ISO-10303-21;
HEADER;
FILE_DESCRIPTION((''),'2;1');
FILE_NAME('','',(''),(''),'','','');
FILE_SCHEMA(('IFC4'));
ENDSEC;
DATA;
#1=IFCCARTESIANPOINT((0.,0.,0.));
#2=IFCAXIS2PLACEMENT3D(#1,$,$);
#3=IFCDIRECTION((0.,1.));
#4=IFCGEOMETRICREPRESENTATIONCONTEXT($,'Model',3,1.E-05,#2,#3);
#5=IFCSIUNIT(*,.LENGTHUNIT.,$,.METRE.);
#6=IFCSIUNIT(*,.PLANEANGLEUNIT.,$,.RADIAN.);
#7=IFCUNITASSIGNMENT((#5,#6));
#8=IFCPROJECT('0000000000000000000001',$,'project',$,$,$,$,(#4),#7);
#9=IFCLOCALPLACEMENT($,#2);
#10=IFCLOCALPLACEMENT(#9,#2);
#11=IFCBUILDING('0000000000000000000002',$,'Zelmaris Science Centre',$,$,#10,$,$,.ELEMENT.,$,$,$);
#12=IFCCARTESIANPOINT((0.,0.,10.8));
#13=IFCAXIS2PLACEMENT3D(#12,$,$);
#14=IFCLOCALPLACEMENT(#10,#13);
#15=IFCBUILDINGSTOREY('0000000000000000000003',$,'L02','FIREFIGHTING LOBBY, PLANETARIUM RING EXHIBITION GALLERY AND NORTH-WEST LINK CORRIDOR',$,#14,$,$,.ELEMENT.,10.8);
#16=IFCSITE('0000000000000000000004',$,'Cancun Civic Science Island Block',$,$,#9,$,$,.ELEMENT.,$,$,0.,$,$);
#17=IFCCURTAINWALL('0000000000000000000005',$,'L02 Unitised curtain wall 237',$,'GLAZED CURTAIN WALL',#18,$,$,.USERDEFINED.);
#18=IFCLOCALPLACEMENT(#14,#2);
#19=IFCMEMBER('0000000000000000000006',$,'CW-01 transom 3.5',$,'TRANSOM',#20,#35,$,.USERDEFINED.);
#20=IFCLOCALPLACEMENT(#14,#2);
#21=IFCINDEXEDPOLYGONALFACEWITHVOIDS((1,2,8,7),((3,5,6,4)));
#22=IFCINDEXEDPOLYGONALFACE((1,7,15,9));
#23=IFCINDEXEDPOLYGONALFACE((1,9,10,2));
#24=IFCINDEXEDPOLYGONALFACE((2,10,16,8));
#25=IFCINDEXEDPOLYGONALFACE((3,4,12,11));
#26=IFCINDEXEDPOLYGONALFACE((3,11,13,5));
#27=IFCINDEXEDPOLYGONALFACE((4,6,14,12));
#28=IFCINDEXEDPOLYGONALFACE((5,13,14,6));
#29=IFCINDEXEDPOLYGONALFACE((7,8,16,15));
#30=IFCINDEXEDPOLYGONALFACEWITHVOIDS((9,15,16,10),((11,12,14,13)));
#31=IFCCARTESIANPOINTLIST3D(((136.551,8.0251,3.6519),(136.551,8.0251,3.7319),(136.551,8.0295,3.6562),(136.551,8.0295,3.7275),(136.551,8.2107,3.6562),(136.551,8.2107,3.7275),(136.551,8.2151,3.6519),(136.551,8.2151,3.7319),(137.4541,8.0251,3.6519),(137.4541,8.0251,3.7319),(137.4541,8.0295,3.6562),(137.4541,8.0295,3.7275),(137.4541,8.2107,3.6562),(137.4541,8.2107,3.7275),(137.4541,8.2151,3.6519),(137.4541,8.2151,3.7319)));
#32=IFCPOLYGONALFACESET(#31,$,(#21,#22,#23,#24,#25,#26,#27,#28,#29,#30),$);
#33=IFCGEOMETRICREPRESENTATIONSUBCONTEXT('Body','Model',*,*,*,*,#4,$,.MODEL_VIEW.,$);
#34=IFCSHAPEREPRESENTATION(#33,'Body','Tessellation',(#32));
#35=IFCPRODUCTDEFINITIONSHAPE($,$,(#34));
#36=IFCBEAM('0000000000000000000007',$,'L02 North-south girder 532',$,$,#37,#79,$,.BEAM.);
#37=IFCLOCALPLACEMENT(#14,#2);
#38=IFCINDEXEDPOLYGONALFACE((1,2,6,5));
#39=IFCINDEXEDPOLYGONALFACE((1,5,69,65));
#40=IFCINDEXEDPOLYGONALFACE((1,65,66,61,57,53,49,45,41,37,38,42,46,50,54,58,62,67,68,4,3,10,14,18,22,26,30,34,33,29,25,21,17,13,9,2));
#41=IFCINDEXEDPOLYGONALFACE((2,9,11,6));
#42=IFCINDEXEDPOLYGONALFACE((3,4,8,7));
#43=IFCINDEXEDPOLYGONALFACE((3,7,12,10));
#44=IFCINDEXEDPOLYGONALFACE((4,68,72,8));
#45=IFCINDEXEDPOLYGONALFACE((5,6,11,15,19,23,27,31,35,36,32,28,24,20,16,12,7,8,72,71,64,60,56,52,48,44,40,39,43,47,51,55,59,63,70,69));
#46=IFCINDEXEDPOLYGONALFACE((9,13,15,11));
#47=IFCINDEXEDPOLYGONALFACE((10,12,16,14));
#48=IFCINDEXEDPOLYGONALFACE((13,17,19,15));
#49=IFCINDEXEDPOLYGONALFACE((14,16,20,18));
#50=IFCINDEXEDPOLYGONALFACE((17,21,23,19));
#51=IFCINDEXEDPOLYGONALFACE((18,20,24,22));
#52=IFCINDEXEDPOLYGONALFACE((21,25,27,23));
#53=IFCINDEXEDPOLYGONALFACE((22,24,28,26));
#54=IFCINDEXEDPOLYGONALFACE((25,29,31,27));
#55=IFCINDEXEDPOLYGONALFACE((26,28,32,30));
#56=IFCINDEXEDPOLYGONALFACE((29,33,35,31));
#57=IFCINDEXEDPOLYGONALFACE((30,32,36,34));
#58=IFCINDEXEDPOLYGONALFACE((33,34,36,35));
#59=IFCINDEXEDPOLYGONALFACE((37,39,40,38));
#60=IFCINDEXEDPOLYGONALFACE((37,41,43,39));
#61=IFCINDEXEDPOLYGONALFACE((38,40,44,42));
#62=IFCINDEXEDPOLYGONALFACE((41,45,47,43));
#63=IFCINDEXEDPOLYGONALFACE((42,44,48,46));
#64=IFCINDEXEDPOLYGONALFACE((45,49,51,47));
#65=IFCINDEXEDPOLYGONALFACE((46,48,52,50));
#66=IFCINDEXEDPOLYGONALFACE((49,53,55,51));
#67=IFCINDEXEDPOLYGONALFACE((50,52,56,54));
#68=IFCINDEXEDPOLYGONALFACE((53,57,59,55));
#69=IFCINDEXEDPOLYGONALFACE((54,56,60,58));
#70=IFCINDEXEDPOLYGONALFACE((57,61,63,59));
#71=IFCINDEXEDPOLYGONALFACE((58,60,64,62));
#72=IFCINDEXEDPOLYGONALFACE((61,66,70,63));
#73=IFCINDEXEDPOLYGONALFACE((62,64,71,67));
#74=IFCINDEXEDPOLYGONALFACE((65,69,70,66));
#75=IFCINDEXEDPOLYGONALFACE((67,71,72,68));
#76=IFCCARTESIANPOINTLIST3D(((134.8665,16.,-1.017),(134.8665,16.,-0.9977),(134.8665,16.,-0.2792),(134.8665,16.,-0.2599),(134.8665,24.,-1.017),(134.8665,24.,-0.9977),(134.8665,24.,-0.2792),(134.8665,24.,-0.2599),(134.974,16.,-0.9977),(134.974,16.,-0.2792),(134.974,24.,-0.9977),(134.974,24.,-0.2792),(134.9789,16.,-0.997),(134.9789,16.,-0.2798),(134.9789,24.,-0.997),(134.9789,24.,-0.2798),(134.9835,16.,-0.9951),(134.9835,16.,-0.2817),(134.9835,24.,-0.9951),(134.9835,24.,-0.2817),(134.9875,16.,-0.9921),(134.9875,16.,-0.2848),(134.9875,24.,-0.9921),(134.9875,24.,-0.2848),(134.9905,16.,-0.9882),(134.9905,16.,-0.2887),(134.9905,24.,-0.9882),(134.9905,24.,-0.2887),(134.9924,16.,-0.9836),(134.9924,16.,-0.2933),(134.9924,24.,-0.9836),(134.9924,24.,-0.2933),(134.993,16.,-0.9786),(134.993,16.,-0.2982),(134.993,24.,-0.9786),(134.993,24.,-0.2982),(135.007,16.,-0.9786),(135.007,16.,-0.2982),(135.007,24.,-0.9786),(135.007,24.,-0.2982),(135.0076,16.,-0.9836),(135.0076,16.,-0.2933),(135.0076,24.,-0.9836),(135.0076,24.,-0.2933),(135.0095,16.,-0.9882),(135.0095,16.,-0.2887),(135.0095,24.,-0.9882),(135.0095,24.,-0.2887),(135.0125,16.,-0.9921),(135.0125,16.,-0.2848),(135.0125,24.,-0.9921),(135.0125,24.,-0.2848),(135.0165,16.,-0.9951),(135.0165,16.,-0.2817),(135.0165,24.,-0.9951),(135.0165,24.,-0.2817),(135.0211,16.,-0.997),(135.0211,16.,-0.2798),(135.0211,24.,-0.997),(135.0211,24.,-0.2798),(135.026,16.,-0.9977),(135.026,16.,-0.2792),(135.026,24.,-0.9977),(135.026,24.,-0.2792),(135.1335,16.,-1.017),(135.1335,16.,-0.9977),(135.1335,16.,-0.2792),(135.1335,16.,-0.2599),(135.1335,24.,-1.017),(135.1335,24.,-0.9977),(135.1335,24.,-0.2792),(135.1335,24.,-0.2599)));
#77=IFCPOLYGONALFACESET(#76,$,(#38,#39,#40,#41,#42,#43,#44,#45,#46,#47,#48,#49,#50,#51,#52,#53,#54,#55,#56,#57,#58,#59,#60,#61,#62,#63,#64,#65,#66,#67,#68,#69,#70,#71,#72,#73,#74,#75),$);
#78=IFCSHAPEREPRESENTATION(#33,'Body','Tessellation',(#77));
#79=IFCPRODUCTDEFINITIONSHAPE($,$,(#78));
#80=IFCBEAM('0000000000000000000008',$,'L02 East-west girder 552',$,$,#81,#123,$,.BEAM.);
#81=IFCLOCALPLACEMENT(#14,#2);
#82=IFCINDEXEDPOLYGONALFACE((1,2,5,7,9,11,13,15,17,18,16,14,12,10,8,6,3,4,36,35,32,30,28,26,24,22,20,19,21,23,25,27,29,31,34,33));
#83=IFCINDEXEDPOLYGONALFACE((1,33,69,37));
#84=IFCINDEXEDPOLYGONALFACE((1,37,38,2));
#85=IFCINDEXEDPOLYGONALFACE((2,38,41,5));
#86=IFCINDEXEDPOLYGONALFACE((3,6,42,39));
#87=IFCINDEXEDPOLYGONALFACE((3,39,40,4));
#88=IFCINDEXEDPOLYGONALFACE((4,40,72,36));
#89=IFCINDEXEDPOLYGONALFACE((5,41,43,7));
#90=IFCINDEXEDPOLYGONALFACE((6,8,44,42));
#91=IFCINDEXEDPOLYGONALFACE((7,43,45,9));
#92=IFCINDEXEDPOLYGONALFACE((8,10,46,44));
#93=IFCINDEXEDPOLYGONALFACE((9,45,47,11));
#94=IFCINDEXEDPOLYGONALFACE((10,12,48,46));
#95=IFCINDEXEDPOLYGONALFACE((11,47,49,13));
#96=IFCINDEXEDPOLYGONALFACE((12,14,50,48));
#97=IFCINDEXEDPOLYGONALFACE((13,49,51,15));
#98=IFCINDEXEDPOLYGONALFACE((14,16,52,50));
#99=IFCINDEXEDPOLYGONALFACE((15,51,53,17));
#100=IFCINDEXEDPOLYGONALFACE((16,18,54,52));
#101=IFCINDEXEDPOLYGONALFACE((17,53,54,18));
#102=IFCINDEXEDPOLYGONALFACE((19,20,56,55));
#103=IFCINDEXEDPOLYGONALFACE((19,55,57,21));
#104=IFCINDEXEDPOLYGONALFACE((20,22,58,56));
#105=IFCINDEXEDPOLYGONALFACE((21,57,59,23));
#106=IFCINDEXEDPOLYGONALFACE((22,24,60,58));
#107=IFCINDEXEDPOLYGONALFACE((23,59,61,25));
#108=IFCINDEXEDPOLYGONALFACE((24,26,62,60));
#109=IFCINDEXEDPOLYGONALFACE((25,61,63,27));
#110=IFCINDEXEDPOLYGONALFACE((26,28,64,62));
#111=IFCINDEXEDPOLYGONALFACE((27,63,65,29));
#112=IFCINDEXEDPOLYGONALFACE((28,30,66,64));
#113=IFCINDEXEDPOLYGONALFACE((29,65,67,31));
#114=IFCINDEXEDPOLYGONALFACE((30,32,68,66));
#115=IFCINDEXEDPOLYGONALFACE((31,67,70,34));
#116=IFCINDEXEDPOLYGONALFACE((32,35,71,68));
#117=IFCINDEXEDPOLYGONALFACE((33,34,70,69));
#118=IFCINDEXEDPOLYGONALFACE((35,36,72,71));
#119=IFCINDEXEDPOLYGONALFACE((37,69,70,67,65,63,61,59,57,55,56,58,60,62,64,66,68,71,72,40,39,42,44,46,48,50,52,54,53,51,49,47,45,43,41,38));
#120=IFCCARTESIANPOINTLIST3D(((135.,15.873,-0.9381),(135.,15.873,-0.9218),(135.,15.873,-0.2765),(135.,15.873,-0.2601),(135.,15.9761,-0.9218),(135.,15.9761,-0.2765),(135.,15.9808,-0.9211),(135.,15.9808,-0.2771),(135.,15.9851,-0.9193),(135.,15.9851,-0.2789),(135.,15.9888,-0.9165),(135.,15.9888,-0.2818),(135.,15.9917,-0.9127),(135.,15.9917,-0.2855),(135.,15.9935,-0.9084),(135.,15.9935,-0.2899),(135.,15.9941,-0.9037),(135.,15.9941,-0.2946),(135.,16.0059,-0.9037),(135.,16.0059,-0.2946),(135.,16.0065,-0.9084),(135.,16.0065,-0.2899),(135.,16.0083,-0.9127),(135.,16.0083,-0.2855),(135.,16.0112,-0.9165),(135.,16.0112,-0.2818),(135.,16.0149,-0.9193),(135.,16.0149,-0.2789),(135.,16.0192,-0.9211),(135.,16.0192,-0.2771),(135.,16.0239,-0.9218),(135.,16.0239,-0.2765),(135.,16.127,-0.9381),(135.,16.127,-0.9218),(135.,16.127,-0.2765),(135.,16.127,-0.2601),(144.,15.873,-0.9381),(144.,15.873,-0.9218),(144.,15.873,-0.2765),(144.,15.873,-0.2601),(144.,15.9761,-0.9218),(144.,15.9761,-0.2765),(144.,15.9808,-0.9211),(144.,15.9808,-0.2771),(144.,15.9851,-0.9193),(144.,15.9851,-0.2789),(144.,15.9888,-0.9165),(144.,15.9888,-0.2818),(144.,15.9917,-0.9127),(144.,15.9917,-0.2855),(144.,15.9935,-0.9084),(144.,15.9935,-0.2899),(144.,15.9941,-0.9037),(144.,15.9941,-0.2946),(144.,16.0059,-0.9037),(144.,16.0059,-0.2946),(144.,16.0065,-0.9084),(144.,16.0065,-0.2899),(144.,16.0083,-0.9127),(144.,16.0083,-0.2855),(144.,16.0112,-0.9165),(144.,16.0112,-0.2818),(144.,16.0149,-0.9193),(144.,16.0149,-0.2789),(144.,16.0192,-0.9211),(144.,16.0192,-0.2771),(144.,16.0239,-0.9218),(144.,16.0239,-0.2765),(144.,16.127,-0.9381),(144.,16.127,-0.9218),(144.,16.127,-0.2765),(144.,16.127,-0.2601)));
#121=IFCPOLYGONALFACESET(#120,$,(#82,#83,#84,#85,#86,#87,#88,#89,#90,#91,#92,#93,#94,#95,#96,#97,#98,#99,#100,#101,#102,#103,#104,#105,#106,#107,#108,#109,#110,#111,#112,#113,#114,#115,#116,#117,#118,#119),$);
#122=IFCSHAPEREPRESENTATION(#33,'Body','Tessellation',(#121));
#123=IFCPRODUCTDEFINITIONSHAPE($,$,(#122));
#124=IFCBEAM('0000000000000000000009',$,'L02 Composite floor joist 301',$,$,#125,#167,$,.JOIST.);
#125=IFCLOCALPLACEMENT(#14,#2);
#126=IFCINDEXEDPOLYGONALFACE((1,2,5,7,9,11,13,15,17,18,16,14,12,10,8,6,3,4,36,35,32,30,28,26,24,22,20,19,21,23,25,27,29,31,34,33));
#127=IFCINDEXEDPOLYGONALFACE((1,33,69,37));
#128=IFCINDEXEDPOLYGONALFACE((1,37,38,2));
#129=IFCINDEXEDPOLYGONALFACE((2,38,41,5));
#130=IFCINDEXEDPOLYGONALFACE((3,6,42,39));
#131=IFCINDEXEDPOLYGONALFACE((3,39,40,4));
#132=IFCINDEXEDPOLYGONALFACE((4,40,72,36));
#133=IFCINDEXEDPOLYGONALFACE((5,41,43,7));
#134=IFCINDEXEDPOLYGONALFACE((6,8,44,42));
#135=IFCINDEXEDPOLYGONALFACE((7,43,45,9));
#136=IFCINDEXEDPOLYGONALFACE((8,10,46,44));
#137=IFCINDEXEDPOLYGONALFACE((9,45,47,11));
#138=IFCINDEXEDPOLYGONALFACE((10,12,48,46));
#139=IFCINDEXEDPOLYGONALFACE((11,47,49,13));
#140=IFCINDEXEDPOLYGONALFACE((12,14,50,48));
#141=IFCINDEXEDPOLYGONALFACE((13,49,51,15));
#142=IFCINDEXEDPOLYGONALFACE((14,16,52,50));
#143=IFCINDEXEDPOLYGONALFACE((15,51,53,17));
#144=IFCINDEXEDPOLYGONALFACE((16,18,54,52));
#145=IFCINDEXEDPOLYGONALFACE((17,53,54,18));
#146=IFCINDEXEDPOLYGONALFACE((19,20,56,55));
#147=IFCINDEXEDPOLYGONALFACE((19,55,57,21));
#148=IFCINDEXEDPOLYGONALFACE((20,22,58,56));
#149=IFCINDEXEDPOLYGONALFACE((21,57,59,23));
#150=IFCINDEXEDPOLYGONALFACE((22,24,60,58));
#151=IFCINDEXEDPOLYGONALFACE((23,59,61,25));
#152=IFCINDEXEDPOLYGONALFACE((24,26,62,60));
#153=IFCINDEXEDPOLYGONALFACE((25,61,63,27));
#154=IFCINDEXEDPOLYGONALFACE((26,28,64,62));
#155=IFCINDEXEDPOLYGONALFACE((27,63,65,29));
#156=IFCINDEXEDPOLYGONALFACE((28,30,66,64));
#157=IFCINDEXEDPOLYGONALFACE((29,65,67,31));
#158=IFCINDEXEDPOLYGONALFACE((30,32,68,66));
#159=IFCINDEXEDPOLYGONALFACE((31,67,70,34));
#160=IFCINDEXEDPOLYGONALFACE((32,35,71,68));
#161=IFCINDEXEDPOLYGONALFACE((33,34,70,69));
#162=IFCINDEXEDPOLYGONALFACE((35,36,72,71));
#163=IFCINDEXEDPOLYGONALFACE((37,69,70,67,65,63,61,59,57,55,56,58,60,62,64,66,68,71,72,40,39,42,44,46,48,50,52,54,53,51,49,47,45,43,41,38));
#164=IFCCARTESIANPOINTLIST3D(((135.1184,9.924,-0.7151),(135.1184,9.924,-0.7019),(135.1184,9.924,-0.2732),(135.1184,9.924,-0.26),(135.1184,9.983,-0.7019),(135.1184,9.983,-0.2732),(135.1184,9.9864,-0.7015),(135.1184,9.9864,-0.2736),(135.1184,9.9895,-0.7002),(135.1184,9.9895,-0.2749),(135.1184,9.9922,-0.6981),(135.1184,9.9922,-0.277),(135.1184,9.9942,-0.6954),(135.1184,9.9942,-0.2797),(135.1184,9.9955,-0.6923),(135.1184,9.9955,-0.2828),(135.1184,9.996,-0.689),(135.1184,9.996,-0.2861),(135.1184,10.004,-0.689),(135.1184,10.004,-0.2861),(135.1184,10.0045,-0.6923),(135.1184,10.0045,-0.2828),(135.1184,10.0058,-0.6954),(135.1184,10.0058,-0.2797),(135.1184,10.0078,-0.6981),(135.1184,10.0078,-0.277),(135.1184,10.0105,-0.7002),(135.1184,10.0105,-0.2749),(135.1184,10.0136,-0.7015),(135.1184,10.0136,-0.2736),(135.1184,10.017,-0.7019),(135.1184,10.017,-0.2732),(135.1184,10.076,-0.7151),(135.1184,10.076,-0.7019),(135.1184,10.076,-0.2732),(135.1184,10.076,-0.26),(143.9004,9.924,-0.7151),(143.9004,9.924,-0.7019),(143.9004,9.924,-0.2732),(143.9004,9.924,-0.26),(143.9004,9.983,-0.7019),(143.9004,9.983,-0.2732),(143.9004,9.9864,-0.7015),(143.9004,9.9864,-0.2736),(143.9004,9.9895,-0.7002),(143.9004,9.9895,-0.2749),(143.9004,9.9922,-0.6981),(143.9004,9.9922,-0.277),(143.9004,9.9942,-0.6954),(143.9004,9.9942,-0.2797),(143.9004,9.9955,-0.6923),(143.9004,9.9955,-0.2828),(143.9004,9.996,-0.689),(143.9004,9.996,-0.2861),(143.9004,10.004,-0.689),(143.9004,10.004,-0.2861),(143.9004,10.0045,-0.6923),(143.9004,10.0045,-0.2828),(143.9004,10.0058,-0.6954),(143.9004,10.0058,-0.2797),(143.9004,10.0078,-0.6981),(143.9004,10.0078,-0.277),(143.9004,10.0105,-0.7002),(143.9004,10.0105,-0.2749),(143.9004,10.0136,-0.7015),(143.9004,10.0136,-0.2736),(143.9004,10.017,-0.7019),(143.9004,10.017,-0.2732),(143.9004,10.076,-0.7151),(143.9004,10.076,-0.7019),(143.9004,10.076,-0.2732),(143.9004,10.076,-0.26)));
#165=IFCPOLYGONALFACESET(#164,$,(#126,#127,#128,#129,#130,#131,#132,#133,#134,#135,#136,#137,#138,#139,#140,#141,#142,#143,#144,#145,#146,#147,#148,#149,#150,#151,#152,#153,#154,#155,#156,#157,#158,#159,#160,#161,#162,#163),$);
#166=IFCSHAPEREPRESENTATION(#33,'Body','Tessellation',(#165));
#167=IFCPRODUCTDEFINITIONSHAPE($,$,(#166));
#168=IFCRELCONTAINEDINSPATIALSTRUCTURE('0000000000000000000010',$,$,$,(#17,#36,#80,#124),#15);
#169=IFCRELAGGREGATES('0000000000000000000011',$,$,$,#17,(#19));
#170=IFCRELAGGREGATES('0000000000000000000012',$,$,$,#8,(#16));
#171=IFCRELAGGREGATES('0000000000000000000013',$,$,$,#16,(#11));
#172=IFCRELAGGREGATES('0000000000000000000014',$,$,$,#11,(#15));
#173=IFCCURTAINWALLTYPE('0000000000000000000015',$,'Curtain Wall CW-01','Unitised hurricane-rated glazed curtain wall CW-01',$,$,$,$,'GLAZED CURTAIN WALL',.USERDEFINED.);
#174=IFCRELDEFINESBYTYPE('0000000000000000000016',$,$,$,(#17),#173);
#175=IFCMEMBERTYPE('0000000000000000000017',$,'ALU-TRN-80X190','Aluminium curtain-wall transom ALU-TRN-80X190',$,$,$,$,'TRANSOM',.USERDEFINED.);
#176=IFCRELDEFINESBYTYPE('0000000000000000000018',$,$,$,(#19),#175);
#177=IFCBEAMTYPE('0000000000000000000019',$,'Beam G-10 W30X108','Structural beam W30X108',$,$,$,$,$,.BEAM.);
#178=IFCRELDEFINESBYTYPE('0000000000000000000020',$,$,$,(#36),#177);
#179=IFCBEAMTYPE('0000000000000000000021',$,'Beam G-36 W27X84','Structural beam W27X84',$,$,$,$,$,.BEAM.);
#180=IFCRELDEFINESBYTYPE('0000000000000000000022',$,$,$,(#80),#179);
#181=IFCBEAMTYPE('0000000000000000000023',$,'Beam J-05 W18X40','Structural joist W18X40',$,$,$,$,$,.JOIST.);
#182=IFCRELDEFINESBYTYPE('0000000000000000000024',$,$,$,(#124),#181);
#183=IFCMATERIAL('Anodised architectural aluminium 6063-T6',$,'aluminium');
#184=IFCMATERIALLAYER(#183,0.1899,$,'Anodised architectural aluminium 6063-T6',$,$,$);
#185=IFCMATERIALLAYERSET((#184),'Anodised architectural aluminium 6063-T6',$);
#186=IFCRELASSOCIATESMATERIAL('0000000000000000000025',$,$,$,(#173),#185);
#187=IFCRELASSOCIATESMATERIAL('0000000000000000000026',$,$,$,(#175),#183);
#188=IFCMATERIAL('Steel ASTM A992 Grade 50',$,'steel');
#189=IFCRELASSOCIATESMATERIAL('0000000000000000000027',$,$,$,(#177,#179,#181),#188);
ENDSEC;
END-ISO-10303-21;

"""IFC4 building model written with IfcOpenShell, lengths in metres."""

from ifc_helpers import new_model, si_unit, direction, frame, origin, origin_2d, place, context, subcontext, project, spatial, hollow_rectangle, i_section, extrude, material, layer, layer_set, material_profile, profile_set, type_object, element, aggregate, save


model = new_model("IFC4")

# Units and contexts
model_context = context("Model", 3, precision=1e-05, world=origin(), true_north=direction((0.0, 1.0)))
body_context = subcontext(model_context, "Body", "Model", "MODEL_VIEW")
ifc_project = project(units=[si_unit("LENGTHUNIT", "METRE"), si_unit("PLANEANGLEUNIT", "RADIAN")], contexts=[model_context])

# Site, building, storey
site_placement = place(None, origin())
site = spatial("IfcSite", under=ifc_project, at=site_placement, Name="Cancun Civic Science Island Block", CompositionType="ELEMENT", RefElevation=0.0)
building_placement = place(site_placement, origin())
building = spatial("IfcBuilding", under=site, at=building_placement, Name="Zelmaris Science Centre", CompositionType="ELEMENT")
storey_placement = place(building_placement, frame((0.0, 0.0, 10.8)))
storey = spatial("IfcBuildingStorey", under=building, at=storey_placement, Name="L02", Description="FIREFIGHTING LOBBY, PLANETARIUM RING EXHIBITION GALLERY AND NORTH-WEST LINK CORRIDOR", CompositionType="ELEMENT", Elevation=10.8)

# Shared definitions
ifc_material_1 = material(Name="Steel ASTM A992 Grade 50", Category="steel")

# Curtain wall, member
ifc_material_2 = material(Name="Anodised architectural aluminium 6063-T6", Category="aluminium")
ifc_layer_1 = layer(ifc_material_2, 0.1899, Name="Anodised architectural aluminium 6063-T6")
ifc_layer_set_1 = layer_set([ifc_layer_1], Name="Anodised architectural aluminium 6063-T6")
curtain_wall_type = type_object("IfcCurtainWallType", Name="Curtain Wall CW-01", Description="Unitised hurricane-rated glazed curtain wall CW-01", ElementType="GLAZED CURTAIN WALL", PredefinedType="USERDEFINED", material=ifc_layer_set_1)
curtain_wall_placement = place(storey_placement, origin())
curtain_wall = element("IfcCurtainWall", 1, at=curtain_wall_placement, inside=storey, type_object=curtain_wall_type, Name="L02 Unitised curtain wall 237", ObjectType="GLAZED CURTAIN WALL", PredefinedType="USERDEFINED")
ifc_material_profile_1 = material_profile(ifc_material_2, hollow_rectangle(XDim=0.0801, YDim=0.1899, WallThickness=0.0044, at=origin_2d()), Name="ALU-TRN-80X190")
ifc_profile_set_1 = profile_set([ifc_material_profile_1], Name="Anodised architectural aluminium 6063-T6")
member_type_1 = type_object("IfcMemberType", Name="ALU-TRN-80X190", Description="Aluminium curtain-wall transom ALU-TRN-80X190", ElementType="TRANSOM", PredefinedType="USERDEFINED", material=ifc_profile_set_1)
member_1_placement = place(storey_placement, frame((137.4541, 8.1201, 3.6919), z_axis=(-1.0, 0.0, 0.0), x_axis=(0.0, 0.0, 1.0)))
member_1 = element("IfcMember", 2, at=member_1_placement, type_object=member_type_1, Name="CW-01 transom 3.5", ObjectType="TRANSOM", PredefinedType="USERDEFINED", context=body_context, shape_type="SweptSolid", body=[
    extrude(hollow_rectangle(XDim=0.0801, YDim=0.1899, WallThickness=0.0044, at=origin_2d()), origin(), (0.0, 0.0, 1.0), 0.9031),
])

# Beams
ifc_material_profile_2 = material_profile(ifc_material_1, i_section(OverallWidth=0.2671, OverallDepth=0.7571, WebThickness=0.0139, FlangeThickness=0.0193, FilletRadius=0.019, at=origin_2d()), Name="W30X108")
ifc_profile_set_2 = profile_set([ifc_material_profile_2], Name="Steel ASTM A992 Grade 50")
beam_type_1 = type_object("IfcBeamType", Name="Beam G-10 W30X108", Description="Structural beam W30X108", PredefinedType="BEAM", material=ifc_profile_set_2)
beam_1_placement = place(storey_placement, frame((135.0, 16.0, -0.6384), z_axis=(0.0, 1.0, 0.0), x_axis=(-1.0, 0.0, 0.0)))
element("IfcBeam", 3, at=beam_1_placement, inside=storey, type_object=beam_type_1, Name="L02 North-south girder 532", PredefinedType="BEAM", context=body_context, shape_type="SweptSolid", body=[
    extrude(i_section(OverallWidth=0.2671, OverallDepth=0.7571, WebThickness=0.0139, FlangeThickness=0.0193, FilletRadius=0.019, at=origin_2d()), origin(), (0.0, 0.0, 1.0), 8.0),
])
ifc_material_profile_3 = material_profile(ifc_material_1, i_section(OverallWidth=0.2539, OverallDepth=0.678, WebThickness=0.0117, FlangeThickness=0.0164, FilletRadius=0.0181, at=origin_2d()), Name="W27X84")
ifc_profile_set_3 = profile_set([ifc_material_profile_3], Name="Steel ASTM A992 Grade 50")
beam_type_2 = type_object("IfcBeamType", Name="Beam G-36 W27X84", Description="Structural beam W27X84", PredefinedType="BEAM", material=ifc_profile_set_3)
beam_2_placement = place(storey_placement, frame((135.0, 16.0, -0.5991), z_axis=(1.0, 0.0, 0.0), x_axis=(0.0, 1.0, 0.0)))
element("IfcBeam", 4, at=beam_2_placement, inside=storey, type_object=beam_type_2, Name="L02 East-west girder 552", PredefinedType="BEAM", context=body_context, shape_type="SweptSolid", body=[
    extrude(i_section(OverallWidth=0.2539, OverallDepth=0.678, WebThickness=0.0117, FlangeThickness=0.0164, FilletRadius=0.0181, at=origin_2d()), origin(), (0.0, 0.0, 1.0), 9.0),
])
ifc_material_profile_4 = material_profile(ifc_material_1, i_section(OverallWidth=0.1521, OverallDepth=0.4551, WebThickness=0.0081, FlangeThickness=0.0132, FilletRadius=0.0129, at=origin_2d()), Name="W18X40")
ifc_profile_set_4 = profile_set([ifc_material_profile_4], Name="Steel ASTM A992 Grade 50")
beam_type_3 = type_object("IfcBeamType", Name="Beam J-05 W18X40", Description="Structural joist W18X40", PredefinedType="JOIST", material=ifc_profile_set_4)
beam_3_placement = place(storey_placement, frame((135.1184, 10.0, -0.4875), z_axis=(1.0, 0.0, 0.0), x_axis=(0.0, 1.0, 0.0)))
element("IfcBeam", 5, at=beam_3_placement, inside=storey, type_object=beam_type_3, Name="L02 Composite floor joist 301", PredefinedType="JOIST", context=body_context, shape_type="SweptSolid", body=[
    extrude(i_section(OverallWidth=0.1521, OverallDepth=0.4551, WebThickness=0.0081, FlangeThickness=0.0132, FilletRadius=0.0129, at=origin_2d()), origin(), (0.0, 0.0, 1.0), 8.782),
])

aggregate(curtain_wall, [member_1])

save(model, "model.ifc")
